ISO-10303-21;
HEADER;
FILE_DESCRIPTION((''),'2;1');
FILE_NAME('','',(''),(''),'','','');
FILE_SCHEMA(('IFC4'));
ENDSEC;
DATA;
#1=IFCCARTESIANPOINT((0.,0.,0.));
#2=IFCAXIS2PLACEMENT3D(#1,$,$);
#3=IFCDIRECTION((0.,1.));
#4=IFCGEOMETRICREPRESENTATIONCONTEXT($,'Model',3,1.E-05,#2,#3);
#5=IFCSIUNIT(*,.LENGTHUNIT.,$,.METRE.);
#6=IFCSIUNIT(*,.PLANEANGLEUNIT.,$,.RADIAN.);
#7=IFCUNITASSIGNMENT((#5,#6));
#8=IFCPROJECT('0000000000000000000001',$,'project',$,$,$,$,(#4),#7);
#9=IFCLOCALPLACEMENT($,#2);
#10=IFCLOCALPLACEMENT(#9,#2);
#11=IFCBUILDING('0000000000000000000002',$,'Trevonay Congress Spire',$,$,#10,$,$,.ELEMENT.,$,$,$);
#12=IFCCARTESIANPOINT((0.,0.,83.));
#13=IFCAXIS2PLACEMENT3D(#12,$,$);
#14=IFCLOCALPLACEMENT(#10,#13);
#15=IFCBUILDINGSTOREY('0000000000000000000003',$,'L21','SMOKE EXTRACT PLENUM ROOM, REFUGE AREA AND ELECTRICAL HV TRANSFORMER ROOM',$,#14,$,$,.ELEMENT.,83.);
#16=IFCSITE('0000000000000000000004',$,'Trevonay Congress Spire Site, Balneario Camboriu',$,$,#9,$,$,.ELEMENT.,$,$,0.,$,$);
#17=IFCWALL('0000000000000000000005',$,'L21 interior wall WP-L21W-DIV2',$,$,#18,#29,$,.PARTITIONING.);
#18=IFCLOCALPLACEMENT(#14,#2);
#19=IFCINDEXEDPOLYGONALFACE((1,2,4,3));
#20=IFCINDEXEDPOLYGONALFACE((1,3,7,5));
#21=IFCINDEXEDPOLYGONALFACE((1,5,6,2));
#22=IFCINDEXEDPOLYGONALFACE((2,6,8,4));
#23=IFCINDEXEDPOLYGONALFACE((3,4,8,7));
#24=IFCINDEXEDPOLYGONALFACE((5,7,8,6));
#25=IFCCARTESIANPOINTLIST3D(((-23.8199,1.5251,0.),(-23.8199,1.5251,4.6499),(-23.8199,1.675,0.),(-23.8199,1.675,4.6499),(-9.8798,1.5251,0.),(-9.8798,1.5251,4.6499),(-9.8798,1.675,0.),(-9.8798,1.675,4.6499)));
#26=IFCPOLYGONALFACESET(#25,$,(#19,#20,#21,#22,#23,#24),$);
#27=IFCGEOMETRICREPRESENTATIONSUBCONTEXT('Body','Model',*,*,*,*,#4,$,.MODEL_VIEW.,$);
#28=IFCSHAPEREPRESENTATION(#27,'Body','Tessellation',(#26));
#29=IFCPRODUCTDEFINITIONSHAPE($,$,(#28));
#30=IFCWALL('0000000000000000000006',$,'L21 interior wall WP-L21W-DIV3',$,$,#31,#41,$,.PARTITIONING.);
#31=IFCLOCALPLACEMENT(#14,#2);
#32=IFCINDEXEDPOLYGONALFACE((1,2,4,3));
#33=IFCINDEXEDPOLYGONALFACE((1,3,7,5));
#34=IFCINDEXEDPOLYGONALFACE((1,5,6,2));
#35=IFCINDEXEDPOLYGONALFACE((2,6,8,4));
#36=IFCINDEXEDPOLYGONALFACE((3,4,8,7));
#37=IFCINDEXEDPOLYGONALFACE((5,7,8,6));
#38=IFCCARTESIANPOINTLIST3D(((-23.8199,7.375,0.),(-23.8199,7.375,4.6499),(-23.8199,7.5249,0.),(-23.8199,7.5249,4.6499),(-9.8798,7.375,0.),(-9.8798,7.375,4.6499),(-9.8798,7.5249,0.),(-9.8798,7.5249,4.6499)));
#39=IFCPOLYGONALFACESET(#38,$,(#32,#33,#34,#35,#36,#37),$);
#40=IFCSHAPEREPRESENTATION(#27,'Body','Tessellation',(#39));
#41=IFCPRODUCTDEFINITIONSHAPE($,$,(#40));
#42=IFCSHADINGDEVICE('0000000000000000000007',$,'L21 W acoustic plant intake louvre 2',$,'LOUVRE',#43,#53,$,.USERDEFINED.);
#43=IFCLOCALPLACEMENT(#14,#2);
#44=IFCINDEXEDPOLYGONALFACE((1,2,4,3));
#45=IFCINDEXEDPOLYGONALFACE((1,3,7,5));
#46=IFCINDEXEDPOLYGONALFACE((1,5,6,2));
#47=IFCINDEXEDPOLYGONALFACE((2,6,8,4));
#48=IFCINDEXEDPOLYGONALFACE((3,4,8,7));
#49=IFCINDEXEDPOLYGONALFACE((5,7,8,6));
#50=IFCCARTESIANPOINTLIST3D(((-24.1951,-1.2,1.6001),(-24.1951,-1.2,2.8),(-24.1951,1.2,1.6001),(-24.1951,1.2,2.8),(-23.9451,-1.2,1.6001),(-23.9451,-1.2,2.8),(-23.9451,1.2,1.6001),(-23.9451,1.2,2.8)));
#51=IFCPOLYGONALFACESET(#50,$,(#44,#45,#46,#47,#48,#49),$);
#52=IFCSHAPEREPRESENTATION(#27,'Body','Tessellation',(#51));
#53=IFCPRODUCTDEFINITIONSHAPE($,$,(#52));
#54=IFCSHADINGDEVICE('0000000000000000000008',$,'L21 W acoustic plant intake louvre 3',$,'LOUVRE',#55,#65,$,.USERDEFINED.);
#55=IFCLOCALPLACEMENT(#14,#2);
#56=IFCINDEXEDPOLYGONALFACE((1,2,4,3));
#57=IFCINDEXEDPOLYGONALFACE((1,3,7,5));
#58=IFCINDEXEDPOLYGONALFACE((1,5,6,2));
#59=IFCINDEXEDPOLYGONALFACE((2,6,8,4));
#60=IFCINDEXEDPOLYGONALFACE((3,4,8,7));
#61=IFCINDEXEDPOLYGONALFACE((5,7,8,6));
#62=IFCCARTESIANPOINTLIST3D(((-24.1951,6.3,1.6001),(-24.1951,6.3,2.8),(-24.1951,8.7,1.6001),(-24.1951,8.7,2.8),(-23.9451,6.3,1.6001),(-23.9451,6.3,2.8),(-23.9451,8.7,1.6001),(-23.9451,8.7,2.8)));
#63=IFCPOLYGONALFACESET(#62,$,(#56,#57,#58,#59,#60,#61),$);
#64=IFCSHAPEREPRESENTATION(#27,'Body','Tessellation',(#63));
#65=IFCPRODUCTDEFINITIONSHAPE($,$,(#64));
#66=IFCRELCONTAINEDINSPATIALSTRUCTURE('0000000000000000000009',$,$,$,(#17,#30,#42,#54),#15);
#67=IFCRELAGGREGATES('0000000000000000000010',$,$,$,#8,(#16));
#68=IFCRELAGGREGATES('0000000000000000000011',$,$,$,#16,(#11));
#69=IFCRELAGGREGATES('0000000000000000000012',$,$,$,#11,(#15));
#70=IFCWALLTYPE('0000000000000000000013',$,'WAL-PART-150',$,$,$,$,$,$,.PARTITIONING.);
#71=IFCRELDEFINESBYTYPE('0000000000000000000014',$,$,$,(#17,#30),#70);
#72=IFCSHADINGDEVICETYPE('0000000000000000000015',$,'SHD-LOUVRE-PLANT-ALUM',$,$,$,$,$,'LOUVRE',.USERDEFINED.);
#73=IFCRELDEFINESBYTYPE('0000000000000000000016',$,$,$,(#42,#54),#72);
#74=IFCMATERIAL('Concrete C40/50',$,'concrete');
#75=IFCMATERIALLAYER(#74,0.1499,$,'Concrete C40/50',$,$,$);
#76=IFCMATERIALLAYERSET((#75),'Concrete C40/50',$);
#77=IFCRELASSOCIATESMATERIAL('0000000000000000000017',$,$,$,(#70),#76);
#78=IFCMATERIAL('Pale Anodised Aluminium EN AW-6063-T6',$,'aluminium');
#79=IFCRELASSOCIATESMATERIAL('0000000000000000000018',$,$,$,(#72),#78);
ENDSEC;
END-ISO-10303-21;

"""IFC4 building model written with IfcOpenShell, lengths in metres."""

from ifc_helpers import new_model, si_unit, direction, frame, frame_2d, origin, origin_2d, place, context, subcontext, project, spatial, rectangle, extrude, material, layer, layer_set, type_object, element, save


model = new_model("IFC4")

# Units and contexts
model_context = context("Model", 3, precision=1e-05, world=origin(), true_north=direction((0.0, 1.0)))
body_context = subcontext(model_context, "Body", "Model", "MODEL_VIEW")
ifc_project = project(units=[si_unit("LENGTHUNIT", "METRE"), si_unit("PLANEANGLEUNIT", "RADIAN")], contexts=[model_context])

# Site, building, storey
site_placement = place(None, origin())
site = spatial("IfcSite", under=ifc_project, at=site_placement, Name="Trevonay Congress Spire Site, Balneario Camboriu", CompositionType="ELEMENT", RefElevation=0.0)
building_placement = place(site_placement, origin())
building = spatial("IfcBuilding", under=site, at=building_placement, Name="Trevonay Congress Spire", CompositionType="ELEMENT")
storey_placement = place(building_placement, frame((0.0, 0.0, 83.0)))
storey = spatial("IfcBuildingStorey", under=building, at=storey_placement, Name="L21", Description="SMOKE EXTRACT PLENUM ROOM, REFUGE AREA AND ELECTRICAL HV TRANSFORMER ROOM", CompositionType="ELEMENT", Elevation=83.0)

# Walls
ifc_material_1 = material(Name="Concrete C40/50", Category="concrete")
ifc_layer_1 = layer(ifc_material_1, 0.1499, Name="Concrete C40/50")
ifc_layer_set_1 = layer_set([ifc_layer_1], Name="Concrete C40/50")
wall_type_1 = type_object("IfcWallType", Name="WAL-PART-150", PredefinedType="PARTITIONING", material=ifc_layer_set_1)
for number, where, z_axis, x_axis, name in (
    (1, (-23.8201, 1.6001, 0.0), (0.0, 0.0, 1.0), (1.0, 0.0, 0.0), "L21 interior wall WP-L21W-DIV2"),
    (2, (-23.8201, 7.45, 0.0), (0.0, 0.0, 1.0), (1.0, 0.0, 0.0), "L21 interior wall WP-L21W-DIV3"),
):
    element("IfcWall", number, at=place(storey_placement, frame(where, z_axis=z_axis, x_axis=x_axis)), inside=storey, type_object=wall_type_1, Name=name, PredefinedType="PARTITIONING", context=body_context, shape_type="SweptSolid", body=[
        extrude(rectangle(XDim=13.9402, YDim=0.1499, at=frame_2d((6.9702, 0.0))), origin(), (0.0, 0.0, 1.0), 4.6499),
    ])

# Shading devices
ifc_material_2 = material(Name="Pale Anodised Aluminium EN AW-6063-T6", Category="aluminium")
shading_device_type = type_object("IfcShadingDeviceType", Name="SHD-LOUVRE-PLANT-ALUM", ElementType="LOUVRE", PredefinedType="USERDEFINED", material=ifc_material_2)
for number, where, z_axis, x_axis, name in (
    (3, (-24.0701, 0.0, 1.6001), (0.0, 0.0, 1.0), (0.0, 1.0, 0.0), "L21 W acoustic plant intake louvre 2"),
    (4, (-24.0701, 7.5, 1.6001), (0.0, 0.0, 1.0), (0.0, 1.0, 0.0), "L21 W acoustic plant intake louvre 3"),
):
    element("IfcShadingDevice", number, at=place(storey_placement, frame(where, z_axis=z_axis, x_axis=x_axis)), inside=storey, type_object=shading_device_type, Name=name, ObjectType="LOUVRE", PredefinedType="USERDEFINED", context=body_context, shape_type="SweptSolid", body=[
        extrude(rectangle(XDim=2.3999, YDim=0.25, at=origin_2d()), origin(), (0.0, 0.0, 1.0), 1.2),
    ])

save(model, "model.ifc")
